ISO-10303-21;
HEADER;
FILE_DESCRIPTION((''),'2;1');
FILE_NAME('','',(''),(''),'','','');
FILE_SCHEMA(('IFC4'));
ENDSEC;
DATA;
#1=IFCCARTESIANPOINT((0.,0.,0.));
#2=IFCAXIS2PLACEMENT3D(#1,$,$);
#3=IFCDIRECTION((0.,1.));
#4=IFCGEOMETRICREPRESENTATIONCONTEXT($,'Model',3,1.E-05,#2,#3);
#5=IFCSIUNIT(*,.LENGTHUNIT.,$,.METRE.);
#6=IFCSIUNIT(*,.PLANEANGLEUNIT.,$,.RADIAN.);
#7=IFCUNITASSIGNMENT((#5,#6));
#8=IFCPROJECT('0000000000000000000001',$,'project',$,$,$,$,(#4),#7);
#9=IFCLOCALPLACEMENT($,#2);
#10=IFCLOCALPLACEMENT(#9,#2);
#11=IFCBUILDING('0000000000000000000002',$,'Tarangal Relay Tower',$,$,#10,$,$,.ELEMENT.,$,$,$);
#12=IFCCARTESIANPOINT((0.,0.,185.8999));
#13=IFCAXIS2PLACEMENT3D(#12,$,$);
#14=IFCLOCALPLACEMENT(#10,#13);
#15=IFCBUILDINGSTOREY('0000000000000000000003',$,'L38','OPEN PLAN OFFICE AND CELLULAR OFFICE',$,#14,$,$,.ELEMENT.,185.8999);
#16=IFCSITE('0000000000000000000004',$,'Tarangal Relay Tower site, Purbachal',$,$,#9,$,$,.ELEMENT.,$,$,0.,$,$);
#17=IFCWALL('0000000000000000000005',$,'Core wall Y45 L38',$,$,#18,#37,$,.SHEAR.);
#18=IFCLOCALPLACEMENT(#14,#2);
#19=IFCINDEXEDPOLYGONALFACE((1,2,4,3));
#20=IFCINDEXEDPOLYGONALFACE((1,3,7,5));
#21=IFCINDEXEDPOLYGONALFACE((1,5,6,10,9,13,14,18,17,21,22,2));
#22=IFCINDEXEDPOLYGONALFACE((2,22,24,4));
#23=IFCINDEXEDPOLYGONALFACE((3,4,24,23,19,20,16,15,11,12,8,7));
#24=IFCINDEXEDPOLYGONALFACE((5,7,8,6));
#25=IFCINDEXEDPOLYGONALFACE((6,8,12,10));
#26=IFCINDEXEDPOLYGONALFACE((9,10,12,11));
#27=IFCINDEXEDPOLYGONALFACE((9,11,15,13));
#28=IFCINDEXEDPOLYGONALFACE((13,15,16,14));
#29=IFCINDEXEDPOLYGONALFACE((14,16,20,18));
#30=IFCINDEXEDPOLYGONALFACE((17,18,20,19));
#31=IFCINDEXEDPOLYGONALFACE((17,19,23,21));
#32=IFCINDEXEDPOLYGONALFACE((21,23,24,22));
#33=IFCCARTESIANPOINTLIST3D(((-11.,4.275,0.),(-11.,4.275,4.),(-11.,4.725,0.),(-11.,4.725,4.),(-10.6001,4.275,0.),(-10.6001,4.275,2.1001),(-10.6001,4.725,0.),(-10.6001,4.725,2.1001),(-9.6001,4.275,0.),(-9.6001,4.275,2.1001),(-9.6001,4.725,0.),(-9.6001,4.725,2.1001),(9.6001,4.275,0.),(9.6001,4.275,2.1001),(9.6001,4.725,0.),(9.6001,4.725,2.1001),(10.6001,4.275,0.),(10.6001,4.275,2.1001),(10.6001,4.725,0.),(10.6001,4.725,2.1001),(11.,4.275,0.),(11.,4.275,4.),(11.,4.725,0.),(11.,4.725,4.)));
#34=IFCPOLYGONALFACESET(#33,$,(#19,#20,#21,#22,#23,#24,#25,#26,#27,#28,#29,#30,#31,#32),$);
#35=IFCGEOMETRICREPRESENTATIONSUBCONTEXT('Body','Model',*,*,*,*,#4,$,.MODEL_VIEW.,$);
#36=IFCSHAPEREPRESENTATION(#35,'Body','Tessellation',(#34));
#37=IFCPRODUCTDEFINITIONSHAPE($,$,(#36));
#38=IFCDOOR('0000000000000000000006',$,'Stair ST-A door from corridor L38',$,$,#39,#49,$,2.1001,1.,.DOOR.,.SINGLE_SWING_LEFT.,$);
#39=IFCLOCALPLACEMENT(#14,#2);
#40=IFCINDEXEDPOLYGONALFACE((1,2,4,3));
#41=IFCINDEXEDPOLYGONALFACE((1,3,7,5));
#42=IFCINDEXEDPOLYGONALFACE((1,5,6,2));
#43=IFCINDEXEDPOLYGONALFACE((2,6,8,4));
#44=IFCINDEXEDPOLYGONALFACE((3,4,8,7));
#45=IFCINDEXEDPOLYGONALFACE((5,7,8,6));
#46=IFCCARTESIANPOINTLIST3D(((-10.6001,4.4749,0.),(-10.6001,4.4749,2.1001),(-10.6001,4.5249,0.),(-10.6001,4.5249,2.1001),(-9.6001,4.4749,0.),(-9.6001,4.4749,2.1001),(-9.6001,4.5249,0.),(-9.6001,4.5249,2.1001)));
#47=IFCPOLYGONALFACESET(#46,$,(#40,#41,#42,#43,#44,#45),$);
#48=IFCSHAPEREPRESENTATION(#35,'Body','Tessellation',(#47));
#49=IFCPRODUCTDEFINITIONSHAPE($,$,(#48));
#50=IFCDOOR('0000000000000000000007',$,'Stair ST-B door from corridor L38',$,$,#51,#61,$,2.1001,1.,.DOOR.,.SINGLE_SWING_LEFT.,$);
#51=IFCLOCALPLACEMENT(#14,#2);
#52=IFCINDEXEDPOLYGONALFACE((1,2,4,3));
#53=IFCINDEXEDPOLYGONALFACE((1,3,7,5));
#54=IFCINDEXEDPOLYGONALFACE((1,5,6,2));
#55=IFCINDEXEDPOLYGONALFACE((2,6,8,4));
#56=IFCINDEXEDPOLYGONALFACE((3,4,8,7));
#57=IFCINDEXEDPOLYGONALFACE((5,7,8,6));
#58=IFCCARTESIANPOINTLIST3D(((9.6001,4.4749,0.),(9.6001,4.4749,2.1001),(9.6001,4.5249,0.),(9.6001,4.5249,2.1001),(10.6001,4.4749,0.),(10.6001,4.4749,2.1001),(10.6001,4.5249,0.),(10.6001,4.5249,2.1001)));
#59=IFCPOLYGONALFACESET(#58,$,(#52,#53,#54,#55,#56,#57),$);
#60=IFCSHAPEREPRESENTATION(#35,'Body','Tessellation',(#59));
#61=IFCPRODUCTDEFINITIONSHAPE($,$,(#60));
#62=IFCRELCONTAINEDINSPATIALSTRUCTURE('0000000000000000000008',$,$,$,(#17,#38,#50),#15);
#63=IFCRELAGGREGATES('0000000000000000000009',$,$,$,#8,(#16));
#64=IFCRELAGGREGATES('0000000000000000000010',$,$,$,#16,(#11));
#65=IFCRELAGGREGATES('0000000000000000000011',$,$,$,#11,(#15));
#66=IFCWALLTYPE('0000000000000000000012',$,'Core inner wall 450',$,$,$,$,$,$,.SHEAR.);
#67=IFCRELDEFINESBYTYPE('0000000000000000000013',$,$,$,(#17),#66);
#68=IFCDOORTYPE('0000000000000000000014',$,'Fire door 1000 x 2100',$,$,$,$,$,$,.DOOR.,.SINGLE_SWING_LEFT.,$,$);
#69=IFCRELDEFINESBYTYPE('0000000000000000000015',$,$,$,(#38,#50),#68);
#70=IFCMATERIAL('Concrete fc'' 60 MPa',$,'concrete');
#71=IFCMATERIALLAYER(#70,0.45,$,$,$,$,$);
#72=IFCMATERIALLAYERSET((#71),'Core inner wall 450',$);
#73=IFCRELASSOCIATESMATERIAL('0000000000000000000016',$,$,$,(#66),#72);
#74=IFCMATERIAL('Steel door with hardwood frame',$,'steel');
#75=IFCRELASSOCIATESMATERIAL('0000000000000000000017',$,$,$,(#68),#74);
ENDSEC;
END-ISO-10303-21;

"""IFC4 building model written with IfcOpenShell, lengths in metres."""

from ifc_helpers import new_model, si_unit, direction, frame, frame_2d, origin, place, context, subcontext, project, spatial, rectangle, extrude, material, layer, layer_set, type_object, element, fill, save


model = new_model("IFC4")

# Units and contexts
model_context = context("Model", 3, precision=1e-05, world=origin(), true_north=direction((0.0, 1.0)))
body_context = subcontext(model_context, "Body", "Model", "MODEL_VIEW")
ifc_project = project(units=[si_unit("LENGTHUNIT", "METRE"), si_unit("PLANEANGLEUNIT", "RADIAN")], contexts=[model_context])

# Site, building, storey
site_placement = place(None, origin())
site = spatial("IfcSite", under=ifc_project, at=site_placement, Name="Tarangal Relay Tower site, Purbachal", CompositionType="ELEMENT", RefElevation=0.0)
building_placement = place(site_placement, origin())
building = spatial("IfcBuilding", under=site, at=building_placement, Name="Tarangal Relay Tower", CompositionType="ELEMENT")
storey_placement = place(building_placement, frame((0.0, 0.0, 185.8999)))
storey = spatial("IfcBuildingStorey", under=building, at=storey_placement, Name="L38", Description="OPEN PLAN OFFICE AND CELLULAR OFFICE", CompositionType="ELEMENT", Elevation=185.8999)

# Wall, openings, doors
ifc_material_1 = material(Name="Concrete fc' 60 MPa", Category="concrete")
ifc_layer = layer(ifc_material_1, 0.45)
ifc_layer_set = layer_set([ifc_layer], Name="Core inner wall 450")
wall_type = type_object("IfcWallType", Name="Core inner wall 450", PredefinedType="SHEAR", material=ifc_layer_set)
wall_1_placement = place(storey_placement, frame((-11.0, 4.5, 0.0), z_axis=(0.0, 0.0, 1.0), x_axis=(1.0, 0.0, 0.0)))
wall_1 = element("IfcWall", 1, at=wall_1_placement, inside=storey, type_object=wall_type, Name="Core wall Y45 L38", PredefinedType="SHEAR", context=body_context, shape_type="SweptSolid", body=[
    extrude(rectangle(XDim=22.0, YDim=0.45, at=frame_2d((11.0, 0.0))), origin(), (0.0, 0.0, 1.0), 4.0),
])
opening_1_placement = place(wall_1_placement, frame((0.3999, 0.0, 0.0)))
opening_1 = element("IfcOpeningElement", 2, at=opening_1_placement, cuts=wall_1, PredefinedType="OPENING", context=body_context, shape_type="SweptSolid", body=[
    extrude(rectangle(XDim=1.0, YDim=2.1001, at=frame_2d((0.5, 1.05))), frame((0.0, 0.2349, 0.0), z_axis=(0.0, -1.0, 0.0), x_axis=(1.0, 0.0, 0.0)), (0.0, 0.0, 1.0), 0.47),
])
opening_2_placement = place(wall_1_placement, frame((20.6001, 0.0, 0.0)))
opening_2 = element("IfcOpeningElement", 3, at=opening_2_placement, cuts=wall_1, PredefinedType="OPENING", context=body_context, shape_type="SweptSolid", body=[
    extrude(rectangle(XDim=1.0, YDim=2.1001, at=frame_2d((0.5, 1.05))), frame((0.0, 0.2349, 0.0), z_axis=(0.0, -1.0, 0.0), x_axis=(1.0, 0.0, 0.0)), (0.0, 0.0, 1.0), 0.47),
])
ifc_material_2 = material(Name="Steel door with hardwood frame", Category="steel")
door_type_1 = type_object("IfcDoorType", Name="Fire door 1000 x 2100", OperationType="SINGLE_SWING_LEFT", PredefinedType="DOOR", material=ifc_material_2)
door_1_placement = place(opening_1_placement, origin())
door_1 = element("IfcDoor", 4, at=door_1_placement, inside=storey, type_object=door_type_1, Name="Stair ST-A door from corridor L38", OperationType="SINGLE_SWING_LEFT", OverallHeight=2.1001, OverallWidth=1.0, PredefinedType="DOOR", context=body_context, shape_type="SweptSolid", body=[
    extrude(rectangle(XDim=1.0, YDim=2.1001, at=frame_2d((0.5, 1.05))), frame((0.0, 0.0249, 0.0), z_axis=(0.0, -1.0, 0.0), x_axis=(1.0, 0.0, 0.0)), (0.0, 0.0, 1.0), 0.05),
])
fill(opening_1, door_1)
door_2_placement = place(opening_2_placement, origin())
door_2 = element("IfcDoor", 5, at=door_2_placement, inside=storey, type_object=door_type_1, Name="Stair ST-B door from corridor L38", OperationType="SINGLE_SWING_LEFT", OverallHeight=2.1001, OverallWidth=1.0, PredefinedType="DOOR", context=body_context, shape_type="SweptSolid", body=[
    extrude(rectangle(XDim=1.0, YDim=2.1001, at=frame_2d((0.5, 1.05))), frame((0.0, 0.0249, 0.0), z_axis=(0.0, -1.0, 0.0), x_axis=(1.0, 0.0, 0.0)), (0.0, 0.0, 1.0), 0.05),
])
fill(opening_2, door_2)

save(model, "model.ifc")
